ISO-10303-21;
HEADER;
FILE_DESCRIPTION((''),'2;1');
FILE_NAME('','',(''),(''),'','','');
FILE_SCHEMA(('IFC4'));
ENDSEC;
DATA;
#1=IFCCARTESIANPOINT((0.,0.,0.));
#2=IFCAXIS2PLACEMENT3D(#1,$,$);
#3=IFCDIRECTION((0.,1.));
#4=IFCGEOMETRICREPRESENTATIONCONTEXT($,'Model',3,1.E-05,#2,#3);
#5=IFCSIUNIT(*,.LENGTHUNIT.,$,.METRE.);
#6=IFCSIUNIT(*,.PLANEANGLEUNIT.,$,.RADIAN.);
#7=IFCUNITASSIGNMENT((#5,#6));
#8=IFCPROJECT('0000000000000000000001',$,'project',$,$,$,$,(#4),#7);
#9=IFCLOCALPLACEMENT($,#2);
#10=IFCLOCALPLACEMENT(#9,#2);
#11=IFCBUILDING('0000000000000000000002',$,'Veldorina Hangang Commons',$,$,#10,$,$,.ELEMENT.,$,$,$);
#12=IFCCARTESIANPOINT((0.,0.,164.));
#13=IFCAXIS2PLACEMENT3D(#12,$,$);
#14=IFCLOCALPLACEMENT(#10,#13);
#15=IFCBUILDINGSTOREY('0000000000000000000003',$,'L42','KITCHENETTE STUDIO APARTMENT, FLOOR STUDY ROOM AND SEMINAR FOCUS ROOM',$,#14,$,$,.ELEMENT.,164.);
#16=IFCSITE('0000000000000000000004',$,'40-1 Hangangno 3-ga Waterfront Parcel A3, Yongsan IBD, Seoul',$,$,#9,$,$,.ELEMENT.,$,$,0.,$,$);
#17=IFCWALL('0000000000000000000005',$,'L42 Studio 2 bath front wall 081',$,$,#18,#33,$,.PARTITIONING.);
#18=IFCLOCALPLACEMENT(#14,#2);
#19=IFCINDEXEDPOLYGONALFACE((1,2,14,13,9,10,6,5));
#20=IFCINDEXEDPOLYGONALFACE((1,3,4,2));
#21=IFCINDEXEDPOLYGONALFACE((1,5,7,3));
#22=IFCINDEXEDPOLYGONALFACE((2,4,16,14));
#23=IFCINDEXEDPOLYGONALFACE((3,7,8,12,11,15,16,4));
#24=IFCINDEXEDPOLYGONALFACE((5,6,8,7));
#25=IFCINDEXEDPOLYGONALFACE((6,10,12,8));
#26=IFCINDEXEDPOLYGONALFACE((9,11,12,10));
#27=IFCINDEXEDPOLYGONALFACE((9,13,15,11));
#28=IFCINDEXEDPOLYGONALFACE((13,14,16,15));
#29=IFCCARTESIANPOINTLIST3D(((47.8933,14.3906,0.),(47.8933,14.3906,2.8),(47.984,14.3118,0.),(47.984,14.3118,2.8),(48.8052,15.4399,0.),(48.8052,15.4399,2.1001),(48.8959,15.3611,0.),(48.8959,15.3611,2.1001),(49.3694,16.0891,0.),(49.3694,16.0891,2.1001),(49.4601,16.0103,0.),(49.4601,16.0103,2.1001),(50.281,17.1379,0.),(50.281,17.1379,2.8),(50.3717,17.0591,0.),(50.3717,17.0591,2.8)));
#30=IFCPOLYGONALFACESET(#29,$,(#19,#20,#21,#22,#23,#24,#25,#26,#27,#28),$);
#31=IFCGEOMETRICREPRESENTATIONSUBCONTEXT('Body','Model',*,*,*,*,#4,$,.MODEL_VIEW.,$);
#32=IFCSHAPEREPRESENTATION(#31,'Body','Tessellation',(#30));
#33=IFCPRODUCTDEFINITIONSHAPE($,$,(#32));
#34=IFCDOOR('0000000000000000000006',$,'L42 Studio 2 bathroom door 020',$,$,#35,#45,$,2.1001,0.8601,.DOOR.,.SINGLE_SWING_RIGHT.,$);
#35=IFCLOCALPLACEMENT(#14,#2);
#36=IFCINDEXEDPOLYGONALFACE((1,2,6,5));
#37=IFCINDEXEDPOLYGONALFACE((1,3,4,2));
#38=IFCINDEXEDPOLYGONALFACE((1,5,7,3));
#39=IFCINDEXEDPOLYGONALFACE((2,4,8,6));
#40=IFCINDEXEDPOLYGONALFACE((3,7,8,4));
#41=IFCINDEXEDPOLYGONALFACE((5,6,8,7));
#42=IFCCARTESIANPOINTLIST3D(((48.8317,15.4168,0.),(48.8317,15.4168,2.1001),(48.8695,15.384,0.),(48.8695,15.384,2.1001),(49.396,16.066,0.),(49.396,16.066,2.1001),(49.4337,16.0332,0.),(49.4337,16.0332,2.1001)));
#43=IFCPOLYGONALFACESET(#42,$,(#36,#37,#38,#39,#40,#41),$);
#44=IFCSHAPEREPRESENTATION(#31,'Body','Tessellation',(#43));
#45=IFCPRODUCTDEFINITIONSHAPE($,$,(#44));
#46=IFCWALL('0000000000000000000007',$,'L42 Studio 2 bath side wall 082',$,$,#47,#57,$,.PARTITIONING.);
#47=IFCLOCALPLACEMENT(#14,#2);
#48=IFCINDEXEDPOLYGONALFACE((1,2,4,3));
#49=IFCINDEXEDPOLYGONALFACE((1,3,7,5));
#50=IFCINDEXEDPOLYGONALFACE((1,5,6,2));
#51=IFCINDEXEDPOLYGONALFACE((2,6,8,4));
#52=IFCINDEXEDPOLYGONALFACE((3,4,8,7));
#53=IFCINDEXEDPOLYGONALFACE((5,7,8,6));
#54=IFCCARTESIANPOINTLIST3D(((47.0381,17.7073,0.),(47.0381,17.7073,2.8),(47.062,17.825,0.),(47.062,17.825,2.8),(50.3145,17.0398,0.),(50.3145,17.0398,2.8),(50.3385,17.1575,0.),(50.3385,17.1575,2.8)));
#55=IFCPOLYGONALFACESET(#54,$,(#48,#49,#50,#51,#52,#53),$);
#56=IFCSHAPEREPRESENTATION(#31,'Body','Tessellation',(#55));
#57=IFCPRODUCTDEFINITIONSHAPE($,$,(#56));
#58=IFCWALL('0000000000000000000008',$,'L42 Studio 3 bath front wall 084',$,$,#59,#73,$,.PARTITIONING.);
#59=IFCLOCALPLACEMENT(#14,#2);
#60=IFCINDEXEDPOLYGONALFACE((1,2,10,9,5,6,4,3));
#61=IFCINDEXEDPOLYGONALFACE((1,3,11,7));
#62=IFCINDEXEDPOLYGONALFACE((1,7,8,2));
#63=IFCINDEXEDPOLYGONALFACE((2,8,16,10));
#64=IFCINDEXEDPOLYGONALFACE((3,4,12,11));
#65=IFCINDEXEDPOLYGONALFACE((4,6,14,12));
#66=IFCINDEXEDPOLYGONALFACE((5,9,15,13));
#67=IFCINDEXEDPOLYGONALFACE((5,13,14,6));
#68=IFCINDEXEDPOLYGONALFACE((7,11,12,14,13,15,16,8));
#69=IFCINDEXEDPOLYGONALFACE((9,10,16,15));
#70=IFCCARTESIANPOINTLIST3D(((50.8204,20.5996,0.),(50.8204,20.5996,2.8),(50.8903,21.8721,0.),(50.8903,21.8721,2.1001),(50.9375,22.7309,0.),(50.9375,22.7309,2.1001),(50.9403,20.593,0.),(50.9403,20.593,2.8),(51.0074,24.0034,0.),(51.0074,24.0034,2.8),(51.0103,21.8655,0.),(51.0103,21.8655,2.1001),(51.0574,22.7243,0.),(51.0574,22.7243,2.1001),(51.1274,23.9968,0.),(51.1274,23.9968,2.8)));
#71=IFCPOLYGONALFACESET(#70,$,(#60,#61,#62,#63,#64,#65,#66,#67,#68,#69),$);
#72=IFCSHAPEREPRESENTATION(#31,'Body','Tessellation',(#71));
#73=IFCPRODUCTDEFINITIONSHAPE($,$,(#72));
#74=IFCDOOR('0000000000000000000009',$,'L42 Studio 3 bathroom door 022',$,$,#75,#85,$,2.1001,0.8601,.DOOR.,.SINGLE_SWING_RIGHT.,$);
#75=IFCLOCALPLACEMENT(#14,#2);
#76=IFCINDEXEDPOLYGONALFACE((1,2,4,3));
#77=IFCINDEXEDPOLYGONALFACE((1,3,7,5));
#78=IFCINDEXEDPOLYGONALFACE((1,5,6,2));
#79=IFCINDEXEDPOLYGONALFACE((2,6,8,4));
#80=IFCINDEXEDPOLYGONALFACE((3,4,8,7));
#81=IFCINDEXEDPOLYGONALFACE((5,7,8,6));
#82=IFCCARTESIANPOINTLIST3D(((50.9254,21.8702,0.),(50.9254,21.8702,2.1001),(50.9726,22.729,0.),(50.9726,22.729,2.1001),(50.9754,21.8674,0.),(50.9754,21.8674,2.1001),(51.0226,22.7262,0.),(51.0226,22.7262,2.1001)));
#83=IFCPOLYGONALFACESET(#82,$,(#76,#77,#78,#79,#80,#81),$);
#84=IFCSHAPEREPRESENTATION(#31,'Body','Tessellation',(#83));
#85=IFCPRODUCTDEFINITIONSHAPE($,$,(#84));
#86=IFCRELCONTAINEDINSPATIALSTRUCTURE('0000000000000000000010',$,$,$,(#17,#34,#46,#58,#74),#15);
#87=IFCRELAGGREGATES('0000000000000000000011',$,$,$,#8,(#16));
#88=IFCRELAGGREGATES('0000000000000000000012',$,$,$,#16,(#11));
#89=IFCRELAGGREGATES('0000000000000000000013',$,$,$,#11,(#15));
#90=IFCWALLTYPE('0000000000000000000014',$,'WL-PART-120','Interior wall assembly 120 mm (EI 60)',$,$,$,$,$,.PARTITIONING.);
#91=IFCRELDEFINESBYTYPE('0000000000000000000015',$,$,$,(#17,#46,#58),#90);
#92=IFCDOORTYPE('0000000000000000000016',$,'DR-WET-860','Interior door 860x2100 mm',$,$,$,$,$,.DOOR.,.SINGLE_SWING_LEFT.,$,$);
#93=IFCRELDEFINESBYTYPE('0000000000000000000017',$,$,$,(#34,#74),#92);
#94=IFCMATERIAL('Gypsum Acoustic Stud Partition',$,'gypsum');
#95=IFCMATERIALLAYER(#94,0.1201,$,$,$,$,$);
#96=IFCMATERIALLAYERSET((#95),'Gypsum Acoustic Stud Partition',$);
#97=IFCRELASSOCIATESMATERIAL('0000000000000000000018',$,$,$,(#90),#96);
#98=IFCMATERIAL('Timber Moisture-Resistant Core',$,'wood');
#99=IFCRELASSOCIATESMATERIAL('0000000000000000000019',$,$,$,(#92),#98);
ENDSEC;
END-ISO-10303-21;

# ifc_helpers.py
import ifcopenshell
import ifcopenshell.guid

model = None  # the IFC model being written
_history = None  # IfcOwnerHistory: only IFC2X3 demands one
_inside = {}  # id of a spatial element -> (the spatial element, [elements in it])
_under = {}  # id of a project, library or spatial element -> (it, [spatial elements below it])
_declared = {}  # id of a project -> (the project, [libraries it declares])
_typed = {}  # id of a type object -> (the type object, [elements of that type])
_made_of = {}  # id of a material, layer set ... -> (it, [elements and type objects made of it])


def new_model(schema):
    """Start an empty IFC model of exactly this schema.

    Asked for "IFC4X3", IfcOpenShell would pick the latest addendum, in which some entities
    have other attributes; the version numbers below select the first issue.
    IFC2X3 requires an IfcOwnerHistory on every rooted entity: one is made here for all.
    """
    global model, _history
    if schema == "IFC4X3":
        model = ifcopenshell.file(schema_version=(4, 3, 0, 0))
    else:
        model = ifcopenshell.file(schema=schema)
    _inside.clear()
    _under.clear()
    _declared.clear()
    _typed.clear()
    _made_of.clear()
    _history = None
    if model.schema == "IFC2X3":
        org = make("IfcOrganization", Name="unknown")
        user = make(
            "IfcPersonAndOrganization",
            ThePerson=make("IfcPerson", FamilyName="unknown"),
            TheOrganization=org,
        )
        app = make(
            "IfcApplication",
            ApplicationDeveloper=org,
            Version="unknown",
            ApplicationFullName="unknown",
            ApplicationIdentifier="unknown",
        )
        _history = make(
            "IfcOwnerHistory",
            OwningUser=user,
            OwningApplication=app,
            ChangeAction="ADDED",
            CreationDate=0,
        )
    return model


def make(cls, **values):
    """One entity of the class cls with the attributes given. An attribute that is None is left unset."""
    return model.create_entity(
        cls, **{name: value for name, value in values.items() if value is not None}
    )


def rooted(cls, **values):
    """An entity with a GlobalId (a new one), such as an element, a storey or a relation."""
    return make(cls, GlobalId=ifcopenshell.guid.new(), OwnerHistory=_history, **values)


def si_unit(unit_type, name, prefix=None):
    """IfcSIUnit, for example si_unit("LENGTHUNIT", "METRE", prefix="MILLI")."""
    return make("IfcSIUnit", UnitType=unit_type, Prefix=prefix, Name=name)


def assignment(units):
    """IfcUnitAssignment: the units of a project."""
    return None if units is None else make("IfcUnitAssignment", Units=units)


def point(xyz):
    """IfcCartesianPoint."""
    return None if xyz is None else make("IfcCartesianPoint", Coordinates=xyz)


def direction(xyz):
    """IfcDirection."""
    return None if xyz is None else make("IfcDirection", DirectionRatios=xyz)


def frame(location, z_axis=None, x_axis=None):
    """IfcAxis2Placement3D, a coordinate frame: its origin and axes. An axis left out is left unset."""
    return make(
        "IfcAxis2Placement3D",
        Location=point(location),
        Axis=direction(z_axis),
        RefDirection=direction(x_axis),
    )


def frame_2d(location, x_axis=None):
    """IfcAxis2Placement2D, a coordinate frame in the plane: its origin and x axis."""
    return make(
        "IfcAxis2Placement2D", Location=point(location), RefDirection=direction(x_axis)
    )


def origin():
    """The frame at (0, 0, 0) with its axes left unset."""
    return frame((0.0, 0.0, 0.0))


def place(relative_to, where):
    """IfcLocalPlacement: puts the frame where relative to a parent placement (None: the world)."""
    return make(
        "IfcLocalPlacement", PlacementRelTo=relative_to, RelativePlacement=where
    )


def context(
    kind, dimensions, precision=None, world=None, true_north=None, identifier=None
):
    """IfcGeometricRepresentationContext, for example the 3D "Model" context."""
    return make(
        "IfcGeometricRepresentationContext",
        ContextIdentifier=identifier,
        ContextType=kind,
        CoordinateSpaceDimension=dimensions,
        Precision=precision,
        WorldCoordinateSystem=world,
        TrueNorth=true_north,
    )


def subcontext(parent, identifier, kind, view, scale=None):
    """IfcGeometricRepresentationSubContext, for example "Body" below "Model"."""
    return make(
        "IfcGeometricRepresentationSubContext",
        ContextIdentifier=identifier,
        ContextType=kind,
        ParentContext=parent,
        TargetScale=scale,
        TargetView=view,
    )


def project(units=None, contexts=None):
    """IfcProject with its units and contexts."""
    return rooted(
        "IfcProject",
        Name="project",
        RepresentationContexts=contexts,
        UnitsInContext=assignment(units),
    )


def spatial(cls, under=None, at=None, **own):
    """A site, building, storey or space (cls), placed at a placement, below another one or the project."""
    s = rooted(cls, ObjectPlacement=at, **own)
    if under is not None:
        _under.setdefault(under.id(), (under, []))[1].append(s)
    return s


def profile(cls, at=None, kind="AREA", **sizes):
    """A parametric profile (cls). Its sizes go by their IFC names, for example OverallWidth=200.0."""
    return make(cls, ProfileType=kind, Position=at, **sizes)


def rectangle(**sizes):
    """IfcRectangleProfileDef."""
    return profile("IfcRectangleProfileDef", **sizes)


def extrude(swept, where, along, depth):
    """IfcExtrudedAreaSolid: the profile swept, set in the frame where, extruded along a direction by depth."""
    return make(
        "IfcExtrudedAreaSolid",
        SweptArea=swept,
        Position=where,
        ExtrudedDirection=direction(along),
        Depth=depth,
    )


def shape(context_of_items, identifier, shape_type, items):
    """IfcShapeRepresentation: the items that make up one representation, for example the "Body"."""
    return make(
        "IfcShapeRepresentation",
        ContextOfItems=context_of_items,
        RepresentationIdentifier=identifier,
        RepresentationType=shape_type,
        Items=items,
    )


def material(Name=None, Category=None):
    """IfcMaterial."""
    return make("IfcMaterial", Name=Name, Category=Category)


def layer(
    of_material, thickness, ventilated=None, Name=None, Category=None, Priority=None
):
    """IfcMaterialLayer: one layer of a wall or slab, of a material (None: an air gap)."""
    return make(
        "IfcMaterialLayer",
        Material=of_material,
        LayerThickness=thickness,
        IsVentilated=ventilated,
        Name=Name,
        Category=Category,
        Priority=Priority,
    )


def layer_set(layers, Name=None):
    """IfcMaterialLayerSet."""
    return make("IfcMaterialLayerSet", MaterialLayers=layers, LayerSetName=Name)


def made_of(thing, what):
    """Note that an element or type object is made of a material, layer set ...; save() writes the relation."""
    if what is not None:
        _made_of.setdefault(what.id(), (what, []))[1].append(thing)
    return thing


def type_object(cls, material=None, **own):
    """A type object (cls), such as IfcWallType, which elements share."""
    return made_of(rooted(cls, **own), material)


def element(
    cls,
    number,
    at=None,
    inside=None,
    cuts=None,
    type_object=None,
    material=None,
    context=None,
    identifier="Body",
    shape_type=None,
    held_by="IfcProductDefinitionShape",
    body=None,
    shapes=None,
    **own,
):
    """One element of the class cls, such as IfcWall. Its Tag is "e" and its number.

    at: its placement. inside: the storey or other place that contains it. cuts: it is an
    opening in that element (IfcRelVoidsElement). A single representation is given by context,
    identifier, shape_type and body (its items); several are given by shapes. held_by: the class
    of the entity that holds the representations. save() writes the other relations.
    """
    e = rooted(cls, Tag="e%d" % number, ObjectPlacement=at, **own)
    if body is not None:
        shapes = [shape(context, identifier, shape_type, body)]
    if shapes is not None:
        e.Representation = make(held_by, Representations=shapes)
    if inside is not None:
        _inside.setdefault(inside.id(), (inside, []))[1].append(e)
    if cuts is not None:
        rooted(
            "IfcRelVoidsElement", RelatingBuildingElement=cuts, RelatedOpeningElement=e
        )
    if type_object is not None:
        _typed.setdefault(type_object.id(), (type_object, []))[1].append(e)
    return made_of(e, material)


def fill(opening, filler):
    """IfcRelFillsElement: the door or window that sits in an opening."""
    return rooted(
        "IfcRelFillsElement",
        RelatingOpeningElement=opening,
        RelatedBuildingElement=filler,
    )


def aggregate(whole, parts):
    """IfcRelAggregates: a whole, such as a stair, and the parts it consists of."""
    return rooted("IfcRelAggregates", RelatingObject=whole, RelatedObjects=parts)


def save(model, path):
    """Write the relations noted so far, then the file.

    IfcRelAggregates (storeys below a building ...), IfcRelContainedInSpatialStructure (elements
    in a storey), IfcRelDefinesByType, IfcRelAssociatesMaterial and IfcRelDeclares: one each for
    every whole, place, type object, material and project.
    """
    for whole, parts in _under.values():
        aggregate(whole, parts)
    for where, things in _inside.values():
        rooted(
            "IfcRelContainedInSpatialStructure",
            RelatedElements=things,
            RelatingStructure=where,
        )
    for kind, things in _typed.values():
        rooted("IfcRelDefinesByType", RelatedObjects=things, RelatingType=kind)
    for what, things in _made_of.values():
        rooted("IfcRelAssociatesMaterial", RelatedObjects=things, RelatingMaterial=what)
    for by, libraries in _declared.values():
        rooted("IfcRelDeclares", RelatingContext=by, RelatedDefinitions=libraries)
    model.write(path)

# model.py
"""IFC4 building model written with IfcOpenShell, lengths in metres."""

from ifc_helpers import new_model, si_unit, direction, frame, frame_2d, origin, place, context, subcontext, project, spatial, rectangle, extrude, material, layer, layer_set, type_object, element, fill, save


model = new_model("IFC4")

# Units and contexts
model_context = context("Model", 3, precision=1e-05, world=origin(), true_north=direction((0.0, 1.0)))
body_context = subcontext(model_context, "Body", "Model", "MODEL_VIEW")
ifc_project = project(units=[si_unit("LENGTHUNIT", "METRE"), si_unit("PLANEANGLEUNIT", "RADIAN")], contexts=[model_context])

# Site, building, storey
site_placement = place(None, origin())
site = spatial("IfcSite", under=ifc_project, at=site_placement, Name="40-1 Hangangno 3-ga Waterfront Parcel A3, Yongsan IBD, Seoul", CompositionType="ELEMENT", RefElevation=0.0)
building_placement = place(site_placement, origin())
building = spatial("IfcBuilding", under=site, at=building_placement, Name="Veldorina Hangang Commons", CompositionType="ELEMENT")
storey_placement = place(building_placement, frame((0.0, 0.0, 164.0)))
storey = spatial("IfcBuildingStorey", under=building, at=storey_placement, Name="L42", Description="KITCHENETTE STUDIO APARTMENT, FLOOR STUDY ROOM AND SEMINAR FOCUS ROOM", CompositionType="ELEMENT", Elevation=164.0)

# Wall, opening, door
ifc_material_1 = material(Name="Gypsum Acoustic Stud Partition", Category="gypsum")
ifc_layer_1 = layer(ifc_material_1, 0.1201)
ifc_layer_set_1 = layer_set([ifc_layer_1], Name="Gypsum Acoustic Stud Partition")
wall_type_1 = type_object("IfcWallType", Name="WL-PART-120", Description="Interior wall assembly 120 mm (EI 60)", PredefinedType="PARTITIONING", material=ifc_layer_set_1)
wall_1_placement = place(storey_placement, frame((47.9387, 14.3513, 0.0), z_axis=(0.0, 0.0, 1.0), x_axis=(0.655979, 0.754779, 0.0)))
wall_1 = element("IfcWall", 1, at=wall_1_placement, inside=storey, type_object=wall_type_1, Name="L42 Studio 2 bath front wall 081", PredefinedType="PARTITIONING", context=body_context, shape_type="SweptSolid", body=[
    extrude(rectangle(XDim=3.6399, YDim=0.1201, at=frame_2d((1.8198, 0.0))), origin(), (0.0, 0.0, 1.0), 2.8),
])
opening_1_placement = place(wall_1_placement, frame((1.3899, 0.0, 0.0)))
opening_1 = element("IfcOpeningElement", 2, at=opening_1_placement, cuts=wall_1, PredefinedType="OPENING", context=body_context, shape_type="SweptSolid", body=[
    extrude(rectangle(XDim=0.8601, YDim=2.1001, at=frame_2d((0.4302, 1.05))), frame((0.0, 0.0701, 0.0), z_axis=(0.0, -1.0, 0.0), x_axis=(1.0, 0.0, 0.0)), (0.0, 0.0, 1.0), 0.1401),
])
ifc_material_2 = material(Name="Timber Moisture-Resistant Core", Category="wood")
door_type_1 = type_object("IfcDoorType", Name="DR-WET-860", Description="Interior door 860x2100 mm", OperationType="SINGLE_SWING_LEFT", PredefinedType="DOOR", material=ifc_material_2)
door_1_placement = place(opening_1_placement, origin())
door_1 = element("IfcDoor", 3, at=door_1_placement, inside=storey, type_object=door_type_1, Name="L42 Studio 2 bathroom door 020", OperationType="SINGLE_SWING_RIGHT", OverallHeight=2.1001, OverallWidth=0.8601, PredefinedType="DOOR", context=body_context, shape_type="SweptSolid", body=[
    extrude(rectangle(XDim=0.8601, YDim=2.1001, at=frame_2d((0.4302, 1.05))), frame((0.0, 0.0249, 0.0), z_axis=(0.0, -1.0, 0.0), x_axis=(1.0, 0.0, 0.0)), (0.0, 0.0, 1.0), 0.05),
])
fill(opening_1, door_1)

# Wall
wall_2_placement = place(storey_placement, frame((47.05, 17.7661, 0.0), z_axis=(0.0, 0.0, 1.0), x_axis=(0.979872, -0.199625, 0.0)))
element("IfcWall", 4, at=wall_2_placement, inside=storey, type_object=wall_type_1, Name="L42 Studio 2 bath side wall 082", PredefinedType="PARTITIONING", context=body_context, shape_type="SweptSolid", body=[
    extrude(rectangle(XDim=3.3438, YDim=0.1201, at=frame_2d((1.6719, 0.0))), origin(), (0.0, 0.0, 1.0), 2.8),
])

# Wall, opening, door
wall_3_placement = place(storey_placement, frame((50.8804, 20.5962, 0.0), z_axis=(0.0, 0.0, 1.0), x_axis=(0.054859, 0.998494, 0.0)))
wall_3 = element("IfcWall", 5, at=wall_3_placement, inside=storey, type_object=wall_type_1, Name="L42 Studio 3 bath front wall 084", PredefinedType="PARTITIONING", context=body_context, shape_type="SweptSolid", body=[
    extrude(rectangle(XDim=3.4089, YDim=0.1201, at=frame_2d((1.7046, 0.0))), origin(), (0.0, 0.0, 1.0), 2.8),
])
opening_2_placement = place(wall_3_placement, frame((1.2744, 0.0, 0.0)))
opening_2 = element("IfcOpeningElement", 6, at=opening_2_placement, cuts=wall_3, PredefinedType="OPENING", context=body_context, shape_type="SweptSolid", body=[
    extrude(rectangle(XDim=0.8601, YDim=2.1001, at=frame_2d((0.4302, 1.05))), frame((0.0, 0.0701, 0.0), z_axis=(0.0, -1.0, 0.0), x_axis=(1.0, 0.0, 0.0)), (0.0, 0.0, 1.0), 0.1401),
])
door_2_placement = place(opening_2_placement, origin())
door_2 = element("IfcDoor", 7, at=door_2_placement, inside=storey, type_object=door_type_1, Name="L42 Studio 3 bathroom door 022", OperationType="SINGLE_SWING_RIGHT", OverallHeight=2.1001, OverallWidth=0.8601, PredefinedType="DOOR", context=body_context, shape_type="SweptSolid", body=[
    extrude(rectangle(XDim=0.8601, YDim=2.1001, at=frame_2d((0.4302, 1.05))), frame((0.0, 0.0249, 0.0), z_axis=(0.0, -1.0, 0.0), x_axis=(1.0, 0.0, 0.0)), (0.0, 0.0, 1.0), 0.05),
])
fill(opening_2, door_2)

save(model, "model.ifc")
